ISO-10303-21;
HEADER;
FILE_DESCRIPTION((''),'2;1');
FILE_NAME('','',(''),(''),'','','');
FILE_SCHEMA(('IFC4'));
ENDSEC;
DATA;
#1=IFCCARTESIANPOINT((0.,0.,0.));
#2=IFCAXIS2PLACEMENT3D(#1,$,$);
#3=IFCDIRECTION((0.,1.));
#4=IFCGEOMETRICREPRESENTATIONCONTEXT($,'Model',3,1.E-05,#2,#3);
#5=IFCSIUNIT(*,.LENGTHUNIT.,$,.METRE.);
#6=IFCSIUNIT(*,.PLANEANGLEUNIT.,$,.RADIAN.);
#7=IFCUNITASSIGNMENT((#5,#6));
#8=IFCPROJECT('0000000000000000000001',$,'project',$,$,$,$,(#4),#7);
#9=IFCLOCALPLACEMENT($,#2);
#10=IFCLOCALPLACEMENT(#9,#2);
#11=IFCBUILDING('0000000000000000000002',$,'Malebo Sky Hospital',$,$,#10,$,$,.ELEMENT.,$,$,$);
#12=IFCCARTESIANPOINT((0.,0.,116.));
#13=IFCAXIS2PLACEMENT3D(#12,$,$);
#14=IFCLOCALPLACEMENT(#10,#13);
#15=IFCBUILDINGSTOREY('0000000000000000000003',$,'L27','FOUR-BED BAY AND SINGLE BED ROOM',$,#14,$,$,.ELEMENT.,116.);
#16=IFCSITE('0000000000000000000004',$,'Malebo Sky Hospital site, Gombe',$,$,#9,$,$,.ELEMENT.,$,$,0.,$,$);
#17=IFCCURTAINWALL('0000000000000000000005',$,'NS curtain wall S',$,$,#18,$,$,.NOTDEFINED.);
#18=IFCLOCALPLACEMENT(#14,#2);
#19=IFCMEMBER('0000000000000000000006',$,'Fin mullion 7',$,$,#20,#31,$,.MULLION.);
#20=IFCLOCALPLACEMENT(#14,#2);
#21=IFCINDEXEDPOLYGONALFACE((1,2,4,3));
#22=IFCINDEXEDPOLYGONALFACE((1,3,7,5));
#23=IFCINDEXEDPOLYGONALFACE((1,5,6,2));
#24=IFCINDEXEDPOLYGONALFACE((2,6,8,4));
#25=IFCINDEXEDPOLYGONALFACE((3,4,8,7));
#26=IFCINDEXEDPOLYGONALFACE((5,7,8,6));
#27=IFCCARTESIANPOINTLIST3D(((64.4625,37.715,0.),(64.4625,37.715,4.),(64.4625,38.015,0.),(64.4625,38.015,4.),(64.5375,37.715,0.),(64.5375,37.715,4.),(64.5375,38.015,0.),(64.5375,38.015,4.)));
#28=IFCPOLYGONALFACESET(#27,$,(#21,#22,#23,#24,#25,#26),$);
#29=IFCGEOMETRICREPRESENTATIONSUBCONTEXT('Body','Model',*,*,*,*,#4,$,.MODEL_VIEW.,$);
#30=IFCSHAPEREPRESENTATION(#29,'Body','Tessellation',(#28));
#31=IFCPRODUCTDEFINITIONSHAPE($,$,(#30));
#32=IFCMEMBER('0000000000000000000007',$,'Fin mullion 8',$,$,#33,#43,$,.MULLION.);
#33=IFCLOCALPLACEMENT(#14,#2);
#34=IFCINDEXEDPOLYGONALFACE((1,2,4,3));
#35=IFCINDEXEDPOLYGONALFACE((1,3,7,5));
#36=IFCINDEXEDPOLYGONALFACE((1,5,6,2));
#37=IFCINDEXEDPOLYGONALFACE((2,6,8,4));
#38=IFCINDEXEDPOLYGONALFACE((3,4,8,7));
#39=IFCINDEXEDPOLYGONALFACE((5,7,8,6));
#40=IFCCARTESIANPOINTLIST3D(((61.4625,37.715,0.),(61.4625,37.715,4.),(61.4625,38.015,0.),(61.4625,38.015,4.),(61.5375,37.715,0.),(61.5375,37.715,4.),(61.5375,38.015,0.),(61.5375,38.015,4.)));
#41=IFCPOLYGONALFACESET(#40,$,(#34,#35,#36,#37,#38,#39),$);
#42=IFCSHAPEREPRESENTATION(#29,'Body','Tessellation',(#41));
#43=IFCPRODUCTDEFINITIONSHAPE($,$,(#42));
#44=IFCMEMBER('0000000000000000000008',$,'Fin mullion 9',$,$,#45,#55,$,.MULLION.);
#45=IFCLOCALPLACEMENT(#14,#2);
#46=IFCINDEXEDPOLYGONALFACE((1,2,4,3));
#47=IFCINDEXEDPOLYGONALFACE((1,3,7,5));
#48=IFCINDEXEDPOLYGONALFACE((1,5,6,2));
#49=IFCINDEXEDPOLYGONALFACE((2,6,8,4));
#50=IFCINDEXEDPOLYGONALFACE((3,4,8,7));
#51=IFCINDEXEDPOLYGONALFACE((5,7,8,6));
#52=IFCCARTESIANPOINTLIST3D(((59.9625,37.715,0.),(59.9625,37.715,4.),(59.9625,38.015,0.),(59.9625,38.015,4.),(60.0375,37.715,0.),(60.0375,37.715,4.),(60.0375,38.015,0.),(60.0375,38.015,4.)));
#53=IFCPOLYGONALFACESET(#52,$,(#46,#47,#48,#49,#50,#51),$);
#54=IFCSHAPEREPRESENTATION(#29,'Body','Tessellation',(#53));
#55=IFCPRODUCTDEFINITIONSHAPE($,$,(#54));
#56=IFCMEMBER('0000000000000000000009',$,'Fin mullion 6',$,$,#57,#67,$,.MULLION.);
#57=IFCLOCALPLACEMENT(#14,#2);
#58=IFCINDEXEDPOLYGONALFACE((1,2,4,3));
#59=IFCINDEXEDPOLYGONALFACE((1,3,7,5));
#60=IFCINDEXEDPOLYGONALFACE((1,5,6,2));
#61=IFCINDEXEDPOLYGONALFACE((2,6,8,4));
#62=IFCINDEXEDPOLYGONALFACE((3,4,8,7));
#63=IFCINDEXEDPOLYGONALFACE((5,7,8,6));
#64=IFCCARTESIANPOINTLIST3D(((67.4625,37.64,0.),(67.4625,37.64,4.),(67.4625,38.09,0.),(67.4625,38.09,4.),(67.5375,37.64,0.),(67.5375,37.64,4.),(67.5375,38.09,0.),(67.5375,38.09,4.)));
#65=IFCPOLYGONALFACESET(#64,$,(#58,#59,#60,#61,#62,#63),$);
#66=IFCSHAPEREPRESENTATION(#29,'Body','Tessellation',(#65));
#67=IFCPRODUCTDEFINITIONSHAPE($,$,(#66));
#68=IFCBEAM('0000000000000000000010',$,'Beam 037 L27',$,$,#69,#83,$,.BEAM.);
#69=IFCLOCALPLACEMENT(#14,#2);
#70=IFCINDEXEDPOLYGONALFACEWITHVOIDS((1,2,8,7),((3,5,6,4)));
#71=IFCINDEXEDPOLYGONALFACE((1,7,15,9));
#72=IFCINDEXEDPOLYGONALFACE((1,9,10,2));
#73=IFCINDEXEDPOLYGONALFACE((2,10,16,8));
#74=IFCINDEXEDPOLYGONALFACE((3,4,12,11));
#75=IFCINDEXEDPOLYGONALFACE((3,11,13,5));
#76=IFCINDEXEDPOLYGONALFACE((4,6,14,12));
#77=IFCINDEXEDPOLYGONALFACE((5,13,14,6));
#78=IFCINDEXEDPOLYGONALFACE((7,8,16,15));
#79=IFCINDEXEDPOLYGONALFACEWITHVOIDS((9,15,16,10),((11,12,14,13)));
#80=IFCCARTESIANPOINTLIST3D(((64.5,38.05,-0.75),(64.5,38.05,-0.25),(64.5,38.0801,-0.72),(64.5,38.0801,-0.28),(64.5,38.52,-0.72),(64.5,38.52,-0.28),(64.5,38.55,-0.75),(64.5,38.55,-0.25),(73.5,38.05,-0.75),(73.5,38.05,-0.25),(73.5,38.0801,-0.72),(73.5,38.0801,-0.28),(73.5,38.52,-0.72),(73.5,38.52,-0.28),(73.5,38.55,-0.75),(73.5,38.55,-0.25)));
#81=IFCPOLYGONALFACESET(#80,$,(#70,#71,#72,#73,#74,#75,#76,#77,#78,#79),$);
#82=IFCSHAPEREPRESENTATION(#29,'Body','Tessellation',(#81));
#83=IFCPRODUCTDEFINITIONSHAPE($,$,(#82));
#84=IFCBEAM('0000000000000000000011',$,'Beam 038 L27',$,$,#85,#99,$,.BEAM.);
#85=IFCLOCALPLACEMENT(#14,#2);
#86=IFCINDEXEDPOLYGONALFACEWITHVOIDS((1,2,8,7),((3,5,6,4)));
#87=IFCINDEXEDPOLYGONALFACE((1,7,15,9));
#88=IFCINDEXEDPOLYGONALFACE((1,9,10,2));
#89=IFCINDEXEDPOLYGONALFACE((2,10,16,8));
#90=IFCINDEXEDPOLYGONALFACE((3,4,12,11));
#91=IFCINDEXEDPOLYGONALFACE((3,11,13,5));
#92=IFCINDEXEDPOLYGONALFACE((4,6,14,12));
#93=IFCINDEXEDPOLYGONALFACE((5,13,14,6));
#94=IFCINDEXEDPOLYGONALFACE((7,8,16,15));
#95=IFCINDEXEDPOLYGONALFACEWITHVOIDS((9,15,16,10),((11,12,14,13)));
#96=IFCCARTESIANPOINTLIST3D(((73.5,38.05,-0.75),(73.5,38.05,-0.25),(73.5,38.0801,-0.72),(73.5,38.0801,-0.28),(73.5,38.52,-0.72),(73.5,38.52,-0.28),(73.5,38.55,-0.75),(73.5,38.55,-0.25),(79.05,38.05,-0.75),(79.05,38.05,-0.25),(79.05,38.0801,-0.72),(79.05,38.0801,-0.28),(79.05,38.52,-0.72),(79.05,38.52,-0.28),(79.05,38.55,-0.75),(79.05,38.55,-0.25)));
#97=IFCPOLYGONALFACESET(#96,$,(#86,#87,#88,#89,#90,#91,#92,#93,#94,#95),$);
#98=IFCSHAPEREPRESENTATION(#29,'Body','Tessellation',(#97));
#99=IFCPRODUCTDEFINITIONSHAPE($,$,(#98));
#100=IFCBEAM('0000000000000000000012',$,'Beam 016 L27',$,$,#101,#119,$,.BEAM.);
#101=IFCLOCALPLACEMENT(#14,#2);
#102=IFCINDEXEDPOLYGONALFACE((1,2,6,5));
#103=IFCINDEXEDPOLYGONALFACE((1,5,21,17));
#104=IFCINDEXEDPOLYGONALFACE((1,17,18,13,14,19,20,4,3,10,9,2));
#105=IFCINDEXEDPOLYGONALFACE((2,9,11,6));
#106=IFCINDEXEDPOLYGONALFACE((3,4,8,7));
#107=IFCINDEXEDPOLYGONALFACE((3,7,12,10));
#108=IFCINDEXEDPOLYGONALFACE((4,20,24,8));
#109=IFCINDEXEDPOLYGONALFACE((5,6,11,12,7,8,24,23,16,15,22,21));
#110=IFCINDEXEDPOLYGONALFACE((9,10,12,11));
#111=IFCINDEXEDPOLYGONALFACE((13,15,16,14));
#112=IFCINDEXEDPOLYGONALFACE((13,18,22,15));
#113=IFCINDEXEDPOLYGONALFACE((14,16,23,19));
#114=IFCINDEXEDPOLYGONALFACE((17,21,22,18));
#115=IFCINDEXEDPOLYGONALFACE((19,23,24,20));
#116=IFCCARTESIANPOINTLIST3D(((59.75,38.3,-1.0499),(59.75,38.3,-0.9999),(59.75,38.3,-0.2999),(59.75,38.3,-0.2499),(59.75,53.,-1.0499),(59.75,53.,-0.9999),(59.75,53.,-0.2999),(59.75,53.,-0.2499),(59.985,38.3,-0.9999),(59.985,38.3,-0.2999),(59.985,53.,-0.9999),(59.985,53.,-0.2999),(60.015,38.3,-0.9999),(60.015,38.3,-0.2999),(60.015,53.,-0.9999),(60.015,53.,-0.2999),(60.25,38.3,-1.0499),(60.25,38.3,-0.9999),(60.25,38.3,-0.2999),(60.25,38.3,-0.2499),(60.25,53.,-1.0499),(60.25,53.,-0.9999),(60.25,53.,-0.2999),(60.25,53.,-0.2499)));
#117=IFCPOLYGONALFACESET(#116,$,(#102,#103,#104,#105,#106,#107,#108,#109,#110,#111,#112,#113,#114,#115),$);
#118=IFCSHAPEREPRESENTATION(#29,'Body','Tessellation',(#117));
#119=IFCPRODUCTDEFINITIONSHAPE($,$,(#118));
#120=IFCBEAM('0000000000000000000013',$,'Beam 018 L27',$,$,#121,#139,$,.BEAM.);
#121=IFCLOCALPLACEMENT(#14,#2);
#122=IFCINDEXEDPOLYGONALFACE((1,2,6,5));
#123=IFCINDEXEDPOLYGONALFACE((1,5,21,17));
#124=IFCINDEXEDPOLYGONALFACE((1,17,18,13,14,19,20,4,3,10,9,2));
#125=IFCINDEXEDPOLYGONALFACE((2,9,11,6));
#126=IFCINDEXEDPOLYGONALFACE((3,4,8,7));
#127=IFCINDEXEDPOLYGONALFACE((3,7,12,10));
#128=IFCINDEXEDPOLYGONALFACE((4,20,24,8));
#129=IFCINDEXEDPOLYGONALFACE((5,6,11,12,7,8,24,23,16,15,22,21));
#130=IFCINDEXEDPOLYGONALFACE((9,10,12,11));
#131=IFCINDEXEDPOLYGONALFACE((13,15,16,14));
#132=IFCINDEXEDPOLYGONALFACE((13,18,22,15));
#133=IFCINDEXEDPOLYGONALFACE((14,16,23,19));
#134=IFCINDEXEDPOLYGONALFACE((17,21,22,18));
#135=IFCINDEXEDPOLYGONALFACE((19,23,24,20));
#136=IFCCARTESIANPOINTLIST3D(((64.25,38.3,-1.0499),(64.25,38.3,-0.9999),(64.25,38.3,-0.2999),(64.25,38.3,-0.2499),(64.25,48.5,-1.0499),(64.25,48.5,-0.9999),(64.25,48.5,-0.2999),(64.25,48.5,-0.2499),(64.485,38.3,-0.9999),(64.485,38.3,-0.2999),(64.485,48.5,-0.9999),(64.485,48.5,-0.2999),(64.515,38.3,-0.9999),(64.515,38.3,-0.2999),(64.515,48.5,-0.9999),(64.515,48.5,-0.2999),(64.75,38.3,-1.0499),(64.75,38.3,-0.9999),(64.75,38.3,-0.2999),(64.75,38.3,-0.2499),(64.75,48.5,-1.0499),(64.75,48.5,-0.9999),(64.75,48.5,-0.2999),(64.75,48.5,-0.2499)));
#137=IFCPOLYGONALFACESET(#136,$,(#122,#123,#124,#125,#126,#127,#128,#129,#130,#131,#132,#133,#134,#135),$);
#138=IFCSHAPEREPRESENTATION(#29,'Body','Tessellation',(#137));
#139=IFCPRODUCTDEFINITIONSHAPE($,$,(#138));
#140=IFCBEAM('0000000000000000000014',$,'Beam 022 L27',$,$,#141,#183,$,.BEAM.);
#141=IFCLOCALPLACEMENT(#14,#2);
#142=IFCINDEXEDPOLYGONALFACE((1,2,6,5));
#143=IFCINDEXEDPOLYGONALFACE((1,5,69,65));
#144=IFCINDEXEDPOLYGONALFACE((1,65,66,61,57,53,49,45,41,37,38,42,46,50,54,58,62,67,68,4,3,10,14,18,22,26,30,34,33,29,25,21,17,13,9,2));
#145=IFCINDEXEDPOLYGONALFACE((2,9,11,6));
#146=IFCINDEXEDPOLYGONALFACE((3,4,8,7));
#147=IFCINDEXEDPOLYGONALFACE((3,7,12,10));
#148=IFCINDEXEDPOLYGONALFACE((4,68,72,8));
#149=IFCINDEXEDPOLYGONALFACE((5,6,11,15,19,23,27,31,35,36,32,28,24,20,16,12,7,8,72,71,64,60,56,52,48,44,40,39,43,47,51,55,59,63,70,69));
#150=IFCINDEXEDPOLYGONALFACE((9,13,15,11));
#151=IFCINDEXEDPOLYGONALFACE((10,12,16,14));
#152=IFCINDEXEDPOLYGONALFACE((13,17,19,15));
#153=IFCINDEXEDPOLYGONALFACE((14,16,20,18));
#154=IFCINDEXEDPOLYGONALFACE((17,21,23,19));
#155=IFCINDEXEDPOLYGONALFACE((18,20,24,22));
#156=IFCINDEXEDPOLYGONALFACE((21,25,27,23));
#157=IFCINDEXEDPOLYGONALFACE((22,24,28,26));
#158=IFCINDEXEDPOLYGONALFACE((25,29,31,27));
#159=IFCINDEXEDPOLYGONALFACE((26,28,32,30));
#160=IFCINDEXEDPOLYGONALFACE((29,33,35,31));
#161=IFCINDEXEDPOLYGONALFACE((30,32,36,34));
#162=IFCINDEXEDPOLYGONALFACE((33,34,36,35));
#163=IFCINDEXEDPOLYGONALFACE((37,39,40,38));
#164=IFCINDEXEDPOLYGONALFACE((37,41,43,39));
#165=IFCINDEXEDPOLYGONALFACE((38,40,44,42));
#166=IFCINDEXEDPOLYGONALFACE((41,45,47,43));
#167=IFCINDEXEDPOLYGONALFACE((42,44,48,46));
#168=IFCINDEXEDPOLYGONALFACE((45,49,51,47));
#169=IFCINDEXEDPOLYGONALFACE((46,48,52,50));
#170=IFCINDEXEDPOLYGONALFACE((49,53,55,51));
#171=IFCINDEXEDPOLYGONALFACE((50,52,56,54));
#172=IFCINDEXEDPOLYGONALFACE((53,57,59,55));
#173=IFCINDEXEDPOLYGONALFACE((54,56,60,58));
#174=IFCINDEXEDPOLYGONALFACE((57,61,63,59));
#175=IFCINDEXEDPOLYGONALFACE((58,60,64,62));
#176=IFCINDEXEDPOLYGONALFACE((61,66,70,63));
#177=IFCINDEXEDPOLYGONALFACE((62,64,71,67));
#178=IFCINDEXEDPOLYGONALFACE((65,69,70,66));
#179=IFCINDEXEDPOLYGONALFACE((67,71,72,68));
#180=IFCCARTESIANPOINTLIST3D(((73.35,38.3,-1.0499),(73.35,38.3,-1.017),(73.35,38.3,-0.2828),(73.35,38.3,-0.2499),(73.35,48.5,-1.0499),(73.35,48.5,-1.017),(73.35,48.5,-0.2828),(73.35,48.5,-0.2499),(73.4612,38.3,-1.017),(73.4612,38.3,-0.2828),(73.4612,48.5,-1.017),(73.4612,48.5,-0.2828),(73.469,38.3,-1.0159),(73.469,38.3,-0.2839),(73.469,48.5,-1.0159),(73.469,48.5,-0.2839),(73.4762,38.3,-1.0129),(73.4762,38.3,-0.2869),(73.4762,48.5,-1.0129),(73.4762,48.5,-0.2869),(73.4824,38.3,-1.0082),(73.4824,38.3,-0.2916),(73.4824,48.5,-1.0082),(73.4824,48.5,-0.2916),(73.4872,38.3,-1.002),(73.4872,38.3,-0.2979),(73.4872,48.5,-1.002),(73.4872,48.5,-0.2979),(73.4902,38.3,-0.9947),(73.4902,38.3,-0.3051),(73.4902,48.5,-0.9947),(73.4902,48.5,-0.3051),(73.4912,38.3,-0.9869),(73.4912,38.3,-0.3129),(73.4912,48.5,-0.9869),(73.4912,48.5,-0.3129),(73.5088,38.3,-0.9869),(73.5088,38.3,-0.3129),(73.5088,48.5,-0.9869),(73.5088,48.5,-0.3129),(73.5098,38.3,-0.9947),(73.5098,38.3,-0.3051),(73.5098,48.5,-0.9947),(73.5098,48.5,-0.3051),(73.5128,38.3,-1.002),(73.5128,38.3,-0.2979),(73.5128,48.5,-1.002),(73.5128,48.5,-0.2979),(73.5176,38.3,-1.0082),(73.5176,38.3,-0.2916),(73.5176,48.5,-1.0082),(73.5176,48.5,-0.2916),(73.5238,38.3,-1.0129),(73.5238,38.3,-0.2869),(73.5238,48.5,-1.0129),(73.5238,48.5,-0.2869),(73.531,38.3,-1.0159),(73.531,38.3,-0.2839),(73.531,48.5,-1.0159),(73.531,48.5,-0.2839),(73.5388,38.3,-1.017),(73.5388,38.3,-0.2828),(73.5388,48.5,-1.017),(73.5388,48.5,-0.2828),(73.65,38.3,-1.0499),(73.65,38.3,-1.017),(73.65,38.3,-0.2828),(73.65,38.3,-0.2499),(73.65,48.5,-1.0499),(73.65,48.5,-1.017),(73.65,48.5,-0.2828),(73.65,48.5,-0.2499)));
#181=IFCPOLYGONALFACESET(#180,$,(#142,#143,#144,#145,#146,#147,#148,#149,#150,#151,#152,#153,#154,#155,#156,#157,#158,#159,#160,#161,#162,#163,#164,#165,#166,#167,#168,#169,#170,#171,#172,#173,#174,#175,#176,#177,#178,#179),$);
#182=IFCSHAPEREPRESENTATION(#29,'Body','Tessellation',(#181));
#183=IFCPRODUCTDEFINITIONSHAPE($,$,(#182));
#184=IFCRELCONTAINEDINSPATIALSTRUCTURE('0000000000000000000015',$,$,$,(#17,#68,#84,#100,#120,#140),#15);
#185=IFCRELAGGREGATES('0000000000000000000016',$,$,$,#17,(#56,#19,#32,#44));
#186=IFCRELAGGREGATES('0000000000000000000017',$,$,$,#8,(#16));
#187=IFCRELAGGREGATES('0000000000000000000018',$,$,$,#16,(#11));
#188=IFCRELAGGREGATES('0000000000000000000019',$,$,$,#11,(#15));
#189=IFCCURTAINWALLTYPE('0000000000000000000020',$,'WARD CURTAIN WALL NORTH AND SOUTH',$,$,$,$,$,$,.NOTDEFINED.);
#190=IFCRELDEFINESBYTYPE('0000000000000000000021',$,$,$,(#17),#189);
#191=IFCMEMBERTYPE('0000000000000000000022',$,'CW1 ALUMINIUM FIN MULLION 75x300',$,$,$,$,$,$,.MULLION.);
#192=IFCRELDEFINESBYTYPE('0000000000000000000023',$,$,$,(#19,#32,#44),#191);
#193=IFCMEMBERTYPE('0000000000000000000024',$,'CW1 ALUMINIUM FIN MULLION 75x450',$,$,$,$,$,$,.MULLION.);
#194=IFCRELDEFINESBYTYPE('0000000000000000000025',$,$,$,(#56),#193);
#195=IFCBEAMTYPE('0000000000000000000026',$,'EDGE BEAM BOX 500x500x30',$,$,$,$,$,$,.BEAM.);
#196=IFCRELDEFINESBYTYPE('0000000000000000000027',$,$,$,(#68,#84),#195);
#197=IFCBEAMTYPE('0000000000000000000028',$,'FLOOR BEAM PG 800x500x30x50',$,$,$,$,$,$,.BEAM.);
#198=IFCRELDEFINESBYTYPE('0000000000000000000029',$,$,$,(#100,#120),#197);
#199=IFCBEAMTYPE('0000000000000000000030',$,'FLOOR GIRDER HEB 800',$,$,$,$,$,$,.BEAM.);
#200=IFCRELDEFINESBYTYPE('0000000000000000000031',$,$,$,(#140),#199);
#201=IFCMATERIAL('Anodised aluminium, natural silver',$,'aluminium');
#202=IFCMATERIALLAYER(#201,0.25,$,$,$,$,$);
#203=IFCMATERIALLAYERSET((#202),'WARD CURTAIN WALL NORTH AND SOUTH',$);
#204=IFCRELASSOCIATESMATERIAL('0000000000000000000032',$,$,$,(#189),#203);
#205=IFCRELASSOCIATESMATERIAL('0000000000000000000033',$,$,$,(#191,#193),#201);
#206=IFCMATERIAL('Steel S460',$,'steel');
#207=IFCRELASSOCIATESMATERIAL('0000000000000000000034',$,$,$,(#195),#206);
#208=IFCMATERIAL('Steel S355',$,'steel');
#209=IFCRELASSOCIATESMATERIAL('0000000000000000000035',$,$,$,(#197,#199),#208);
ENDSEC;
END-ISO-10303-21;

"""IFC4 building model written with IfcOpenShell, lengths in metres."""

from ifc_helpers import new_model, si_unit, direction, frame, origin, origin_2d, place, context, subcontext, project, spatial, rectangle, hollow_rectangle, i_section, extrude, material, layer, layer_set, material_profile, profile_set, type_object, element, aggregate, save


model = new_model("IFC4")

# Units and contexts
model_context = context("Model", 3, precision=1e-05, world=origin(), true_north=direction((0.0, 1.0)))
body_context = subcontext(model_context, "Body", "Model", "MODEL_VIEW")
ifc_project = project(units=[si_unit("LENGTHUNIT", "METRE"), si_unit("PLANEANGLEUNIT", "RADIAN")], contexts=[model_context])

# Site, building, storey
site_placement = place(None, origin())
site = spatial("IfcSite", under=ifc_project, at=site_placement, Name="Malebo Sky Hospital site, Gombe", CompositionType="ELEMENT", RefElevation=0.0)
building_placement = place(site_placement, origin())
building = spatial("IfcBuilding", under=site, at=building_placement, Name="Malebo Sky Hospital", CompositionType="ELEMENT")
storey_placement = place(building_placement, frame((0.0, 0.0, 116.0)))
storey = spatial("IfcBuildingStorey", under=building, at=storey_placement, Name="L27", Description="FOUR-BED BAY AND SINGLE BED ROOM", CompositionType="ELEMENT", Elevation=116.0)

# Shared definitions
ifc_material_1 = material(Name="Steel S460", Category="steel")

# Curtain wall
ifc_material_2 = material(Name="Anodised aluminium, natural silver", Category="aluminium")
ifc_layer_1 = layer(ifc_material_2, 0.25)
ifc_layer_set_1 = layer_set([ifc_layer_1], Name="WARD CURTAIN WALL NORTH AND SOUTH")
curtain_wall_type = type_object("IfcCurtainWallType", Name="WARD CURTAIN WALL NORTH AND SOUTH", PredefinedType="NOTDEFINED", material=ifc_layer_set_1)
curtain_wall_placement = place(storey_placement, origin())
curtain_wall = element("IfcCurtainWall", 1, at=curtain_wall_placement, inside=storey, type_object=curtain_wall_type, Name="NS curtain wall S", PredefinedType="NOTDEFINED")

# Members
ifc_material_3 = material(Name="Steel S355", Category="steel")
ifc_material_profile_1 = material_profile(ifc_material_2, rectangle(XDim=0.075, YDim=0.3, at=origin_2d()), Name="CW1 ALUMINIUM FIN MULLION 75x300")
ifc_profile_set_1 = profile_set([ifc_material_profile_1], Name="Anodised aluminium, natural silver")
member_type_1 = type_object("IfcMemberType", Name="CW1 ALUMINIUM FIN MULLION 75x300", PredefinedType="MULLION", material=ifc_profile_set_1)
member_1_placement = place(storey_placement, frame((64.5, 37.865, 0.0), z_axis=(0.0, 0.0, 1.0), x_axis=(-1.0, 0.0, 0.0)))
member_1 = element("IfcMember", 2, at=member_1_placement, type_object=member_type_1, Name="Fin mullion 7", PredefinedType="MULLION", context=body_context, shape_type="SweptSolid", body=[
    extrude(rectangle(XDim=0.075, YDim=0.3, at=origin_2d()), origin(), (0.0, 0.0, 1.0), 4.0),
])
member_2_placement = place(storey_placement, frame((61.5, 37.865, 0.0), z_axis=(0.0, 0.0, 1.0), x_axis=(-1.0, 0.0, 0.0)))
member_2 = element("IfcMember", 3, at=member_2_placement, type_object=member_type_1, Name="Fin mullion 8", PredefinedType="MULLION", context=body_context, shape_type="SweptSolid", body=[
    extrude(rectangle(XDim=0.075, YDim=0.3, at=origin_2d()), origin(), (0.0, 0.0, 1.0), 4.0),
])
member_3_placement = place(storey_placement, frame((60.0, 37.865, 0.0), z_axis=(0.0, 0.0, 1.0), x_axis=(-1.0, 0.0, 0.0)))
member_3 = element("IfcMember", 4, at=member_3_placement, type_object=member_type_1, Name="Fin mullion 9", PredefinedType="MULLION", context=body_context, shape_type="SweptSolid", body=[
    extrude(rectangle(XDim=0.075, YDim=0.3, at=origin_2d()), origin(), (0.0, 0.0, 1.0), 4.0),
])
ifc_material_profile_2 = material_profile(ifc_material_2, rectangle(XDim=0.075, YDim=0.45, at=origin_2d()), Name="CW1 ALUMINIUM FIN MULLION 75x450")
ifc_profile_set_2 = profile_set([ifc_material_profile_2], Name="Anodised aluminium, natural silver")
member_type_2 = type_object("IfcMemberType", Name="CW1 ALUMINIUM FIN MULLION 75x450", PredefinedType="MULLION", material=ifc_profile_set_2)
member_4_placement = place(storey_placement, frame((67.5, 37.865, 0.0), z_axis=(0.0, 0.0, 1.0), x_axis=(-1.0, 0.0, 0.0)))
member_4 = element("IfcMember", 5, at=member_4_placement, type_object=member_type_2, Name="Fin mullion 6", PredefinedType="MULLION", context=body_context, shape_type="SweptSolid", body=[
    extrude(rectangle(XDim=0.075, YDim=0.45, at=origin_2d()), origin(), (0.0, 0.0, 1.0), 4.0),
])

# Beams
ifc_material_profile_3 = material_profile(ifc_material_1, hollow_rectangle(XDim=0.5, YDim=0.5, WallThickness=0.03, at=origin_2d()), Name="BOX 500x500x30")
ifc_profile_set_3 = profile_set([ifc_material_profile_3], Name="Steel S460")
beam_type_1 = type_object("IfcBeamType", Name="EDGE BEAM BOX 500x500x30", PredefinedType="BEAM", material=ifc_profile_set_3)
beam_1_placement = place(storey_placement, frame((64.5, 38.3, -0.5), z_axis=(1.0, 0.0, 0.0), x_axis=(0.0, 1.0, 0.0)))
element("IfcBeam", 6, at=beam_1_placement, inside=storey, type_object=beam_type_1, Name="Beam 037 L27", PredefinedType="BEAM", context=body_context, shape_type="SweptSolid", body=[
    extrude(hollow_rectangle(XDim=0.5, YDim=0.5, WallThickness=0.03, at=origin_2d()), origin(), (0.0, 0.0, 1.0), 9.0),
])
beam_2_placement = place(storey_placement, frame((73.5, 38.3, -0.5), z_axis=(1.0, 0.0, 0.0), x_axis=(0.0, 1.0, 0.0)))
element("IfcBeam", 7, at=beam_2_placement, inside=storey, type_object=beam_type_1, Name="Beam 038 L27", PredefinedType="BEAM", context=body_context, shape_type="SweptSolid", body=[
    extrude(hollow_rectangle(XDim=0.5, YDim=0.5, WallThickness=0.03, at=origin_2d()), origin(), (0.0, 0.0, 1.0), 5.55),
])
ifc_material_profile_4 = material_profile(ifc_material_3, i_section(OverallWidth=0.5, OverallDepth=0.8, WebThickness=0.03, FlangeThickness=0.05, at=origin_2d()), Name="PG 800x500x30x50")
ifc_profile_set_4 = profile_set([ifc_material_profile_4], Name="Steel S355")
beam_type_2 = type_object("IfcBeamType", Name="FLOOR BEAM PG 800x500x30x50", PredefinedType="BEAM", material=ifc_profile_set_4)
beam_3_placement = place(storey_placement, frame((60.0, 38.3, -0.6499), z_axis=(0.0, 1.0, 0.0), x_axis=(-1.0, 0.0, 0.0)))
element("IfcBeam", 8, at=beam_3_placement, inside=storey, type_object=beam_type_2, Name="Beam 016 L27", PredefinedType="BEAM", context=body_context, shape_type="SweptSolid", body=[
    extrude(i_section(OverallWidth=0.5, OverallDepth=0.8, WebThickness=0.03, FlangeThickness=0.05, at=origin_2d()), origin(), (0.0, 0.0, 1.0), 14.7),
])
beam_4_placement = place(storey_placement, frame((64.5, 38.3, -0.6499), z_axis=(0.0, 1.0, 0.0), x_axis=(-1.0, 0.0, 0.0)))
element("IfcBeam", 9, at=beam_4_placement, inside=storey, type_object=beam_type_2, Name="Beam 018 L27", PredefinedType="BEAM", context=body_context, shape_type="SweptSolid", body=[
    extrude(i_section(OverallWidth=0.5, OverallDepth=0.8, WebThickness=0.03, FlangeThickness=0.05, at=origin_2d()), origin(), (0.0, 0.0, 1.0), 10.2),
])
ifc_material_profile_5 = material_profile(ifc_material_3, i_section(OverallWidth=0.3, OverallDepth=0.8, WebThickness=0.0176, FlangeThickness=0.033, FilletRadius=0.03, at=origin_2d()), Name="HEB 800")
ifc_profile_set_5 = profile_set([ifc_material_profile_5], Name="Steel S355")
beam_type_3 = type_object("IfcBeamType", Name="FLOOR GIRDER HEB 800", PredefinedType="BEAM", material=ifc_profile_set_5)
beam_5_placement = place(storey_placement, frame((73.5, 38.3, -0.6499), z_axis=(0.0, 1.0, 0.0), x_axis=(-1.0, 0.0, 0.0)))
element("IfcBeam", 10, at=beam_5_placement, inside=storey, type_object=beam_type_3, Name="Beam 022 L27", PredefinedType="BEAM", context=body_context, shape_type="SweptSolid", body=[
    extrude(i_section(OverallWidth=0.3, OverallDepth=0.8, WebThickness=0.0176, FlangeThickness=0.033, FilletRadius=0.03, at=origin_2d()), origin(), (0.0, 0.0, 1.0), 10.2),
])

aggregate(curtain_wall, [member_4, member_1, member_2, member_3])

save(model, "model.ifc")
